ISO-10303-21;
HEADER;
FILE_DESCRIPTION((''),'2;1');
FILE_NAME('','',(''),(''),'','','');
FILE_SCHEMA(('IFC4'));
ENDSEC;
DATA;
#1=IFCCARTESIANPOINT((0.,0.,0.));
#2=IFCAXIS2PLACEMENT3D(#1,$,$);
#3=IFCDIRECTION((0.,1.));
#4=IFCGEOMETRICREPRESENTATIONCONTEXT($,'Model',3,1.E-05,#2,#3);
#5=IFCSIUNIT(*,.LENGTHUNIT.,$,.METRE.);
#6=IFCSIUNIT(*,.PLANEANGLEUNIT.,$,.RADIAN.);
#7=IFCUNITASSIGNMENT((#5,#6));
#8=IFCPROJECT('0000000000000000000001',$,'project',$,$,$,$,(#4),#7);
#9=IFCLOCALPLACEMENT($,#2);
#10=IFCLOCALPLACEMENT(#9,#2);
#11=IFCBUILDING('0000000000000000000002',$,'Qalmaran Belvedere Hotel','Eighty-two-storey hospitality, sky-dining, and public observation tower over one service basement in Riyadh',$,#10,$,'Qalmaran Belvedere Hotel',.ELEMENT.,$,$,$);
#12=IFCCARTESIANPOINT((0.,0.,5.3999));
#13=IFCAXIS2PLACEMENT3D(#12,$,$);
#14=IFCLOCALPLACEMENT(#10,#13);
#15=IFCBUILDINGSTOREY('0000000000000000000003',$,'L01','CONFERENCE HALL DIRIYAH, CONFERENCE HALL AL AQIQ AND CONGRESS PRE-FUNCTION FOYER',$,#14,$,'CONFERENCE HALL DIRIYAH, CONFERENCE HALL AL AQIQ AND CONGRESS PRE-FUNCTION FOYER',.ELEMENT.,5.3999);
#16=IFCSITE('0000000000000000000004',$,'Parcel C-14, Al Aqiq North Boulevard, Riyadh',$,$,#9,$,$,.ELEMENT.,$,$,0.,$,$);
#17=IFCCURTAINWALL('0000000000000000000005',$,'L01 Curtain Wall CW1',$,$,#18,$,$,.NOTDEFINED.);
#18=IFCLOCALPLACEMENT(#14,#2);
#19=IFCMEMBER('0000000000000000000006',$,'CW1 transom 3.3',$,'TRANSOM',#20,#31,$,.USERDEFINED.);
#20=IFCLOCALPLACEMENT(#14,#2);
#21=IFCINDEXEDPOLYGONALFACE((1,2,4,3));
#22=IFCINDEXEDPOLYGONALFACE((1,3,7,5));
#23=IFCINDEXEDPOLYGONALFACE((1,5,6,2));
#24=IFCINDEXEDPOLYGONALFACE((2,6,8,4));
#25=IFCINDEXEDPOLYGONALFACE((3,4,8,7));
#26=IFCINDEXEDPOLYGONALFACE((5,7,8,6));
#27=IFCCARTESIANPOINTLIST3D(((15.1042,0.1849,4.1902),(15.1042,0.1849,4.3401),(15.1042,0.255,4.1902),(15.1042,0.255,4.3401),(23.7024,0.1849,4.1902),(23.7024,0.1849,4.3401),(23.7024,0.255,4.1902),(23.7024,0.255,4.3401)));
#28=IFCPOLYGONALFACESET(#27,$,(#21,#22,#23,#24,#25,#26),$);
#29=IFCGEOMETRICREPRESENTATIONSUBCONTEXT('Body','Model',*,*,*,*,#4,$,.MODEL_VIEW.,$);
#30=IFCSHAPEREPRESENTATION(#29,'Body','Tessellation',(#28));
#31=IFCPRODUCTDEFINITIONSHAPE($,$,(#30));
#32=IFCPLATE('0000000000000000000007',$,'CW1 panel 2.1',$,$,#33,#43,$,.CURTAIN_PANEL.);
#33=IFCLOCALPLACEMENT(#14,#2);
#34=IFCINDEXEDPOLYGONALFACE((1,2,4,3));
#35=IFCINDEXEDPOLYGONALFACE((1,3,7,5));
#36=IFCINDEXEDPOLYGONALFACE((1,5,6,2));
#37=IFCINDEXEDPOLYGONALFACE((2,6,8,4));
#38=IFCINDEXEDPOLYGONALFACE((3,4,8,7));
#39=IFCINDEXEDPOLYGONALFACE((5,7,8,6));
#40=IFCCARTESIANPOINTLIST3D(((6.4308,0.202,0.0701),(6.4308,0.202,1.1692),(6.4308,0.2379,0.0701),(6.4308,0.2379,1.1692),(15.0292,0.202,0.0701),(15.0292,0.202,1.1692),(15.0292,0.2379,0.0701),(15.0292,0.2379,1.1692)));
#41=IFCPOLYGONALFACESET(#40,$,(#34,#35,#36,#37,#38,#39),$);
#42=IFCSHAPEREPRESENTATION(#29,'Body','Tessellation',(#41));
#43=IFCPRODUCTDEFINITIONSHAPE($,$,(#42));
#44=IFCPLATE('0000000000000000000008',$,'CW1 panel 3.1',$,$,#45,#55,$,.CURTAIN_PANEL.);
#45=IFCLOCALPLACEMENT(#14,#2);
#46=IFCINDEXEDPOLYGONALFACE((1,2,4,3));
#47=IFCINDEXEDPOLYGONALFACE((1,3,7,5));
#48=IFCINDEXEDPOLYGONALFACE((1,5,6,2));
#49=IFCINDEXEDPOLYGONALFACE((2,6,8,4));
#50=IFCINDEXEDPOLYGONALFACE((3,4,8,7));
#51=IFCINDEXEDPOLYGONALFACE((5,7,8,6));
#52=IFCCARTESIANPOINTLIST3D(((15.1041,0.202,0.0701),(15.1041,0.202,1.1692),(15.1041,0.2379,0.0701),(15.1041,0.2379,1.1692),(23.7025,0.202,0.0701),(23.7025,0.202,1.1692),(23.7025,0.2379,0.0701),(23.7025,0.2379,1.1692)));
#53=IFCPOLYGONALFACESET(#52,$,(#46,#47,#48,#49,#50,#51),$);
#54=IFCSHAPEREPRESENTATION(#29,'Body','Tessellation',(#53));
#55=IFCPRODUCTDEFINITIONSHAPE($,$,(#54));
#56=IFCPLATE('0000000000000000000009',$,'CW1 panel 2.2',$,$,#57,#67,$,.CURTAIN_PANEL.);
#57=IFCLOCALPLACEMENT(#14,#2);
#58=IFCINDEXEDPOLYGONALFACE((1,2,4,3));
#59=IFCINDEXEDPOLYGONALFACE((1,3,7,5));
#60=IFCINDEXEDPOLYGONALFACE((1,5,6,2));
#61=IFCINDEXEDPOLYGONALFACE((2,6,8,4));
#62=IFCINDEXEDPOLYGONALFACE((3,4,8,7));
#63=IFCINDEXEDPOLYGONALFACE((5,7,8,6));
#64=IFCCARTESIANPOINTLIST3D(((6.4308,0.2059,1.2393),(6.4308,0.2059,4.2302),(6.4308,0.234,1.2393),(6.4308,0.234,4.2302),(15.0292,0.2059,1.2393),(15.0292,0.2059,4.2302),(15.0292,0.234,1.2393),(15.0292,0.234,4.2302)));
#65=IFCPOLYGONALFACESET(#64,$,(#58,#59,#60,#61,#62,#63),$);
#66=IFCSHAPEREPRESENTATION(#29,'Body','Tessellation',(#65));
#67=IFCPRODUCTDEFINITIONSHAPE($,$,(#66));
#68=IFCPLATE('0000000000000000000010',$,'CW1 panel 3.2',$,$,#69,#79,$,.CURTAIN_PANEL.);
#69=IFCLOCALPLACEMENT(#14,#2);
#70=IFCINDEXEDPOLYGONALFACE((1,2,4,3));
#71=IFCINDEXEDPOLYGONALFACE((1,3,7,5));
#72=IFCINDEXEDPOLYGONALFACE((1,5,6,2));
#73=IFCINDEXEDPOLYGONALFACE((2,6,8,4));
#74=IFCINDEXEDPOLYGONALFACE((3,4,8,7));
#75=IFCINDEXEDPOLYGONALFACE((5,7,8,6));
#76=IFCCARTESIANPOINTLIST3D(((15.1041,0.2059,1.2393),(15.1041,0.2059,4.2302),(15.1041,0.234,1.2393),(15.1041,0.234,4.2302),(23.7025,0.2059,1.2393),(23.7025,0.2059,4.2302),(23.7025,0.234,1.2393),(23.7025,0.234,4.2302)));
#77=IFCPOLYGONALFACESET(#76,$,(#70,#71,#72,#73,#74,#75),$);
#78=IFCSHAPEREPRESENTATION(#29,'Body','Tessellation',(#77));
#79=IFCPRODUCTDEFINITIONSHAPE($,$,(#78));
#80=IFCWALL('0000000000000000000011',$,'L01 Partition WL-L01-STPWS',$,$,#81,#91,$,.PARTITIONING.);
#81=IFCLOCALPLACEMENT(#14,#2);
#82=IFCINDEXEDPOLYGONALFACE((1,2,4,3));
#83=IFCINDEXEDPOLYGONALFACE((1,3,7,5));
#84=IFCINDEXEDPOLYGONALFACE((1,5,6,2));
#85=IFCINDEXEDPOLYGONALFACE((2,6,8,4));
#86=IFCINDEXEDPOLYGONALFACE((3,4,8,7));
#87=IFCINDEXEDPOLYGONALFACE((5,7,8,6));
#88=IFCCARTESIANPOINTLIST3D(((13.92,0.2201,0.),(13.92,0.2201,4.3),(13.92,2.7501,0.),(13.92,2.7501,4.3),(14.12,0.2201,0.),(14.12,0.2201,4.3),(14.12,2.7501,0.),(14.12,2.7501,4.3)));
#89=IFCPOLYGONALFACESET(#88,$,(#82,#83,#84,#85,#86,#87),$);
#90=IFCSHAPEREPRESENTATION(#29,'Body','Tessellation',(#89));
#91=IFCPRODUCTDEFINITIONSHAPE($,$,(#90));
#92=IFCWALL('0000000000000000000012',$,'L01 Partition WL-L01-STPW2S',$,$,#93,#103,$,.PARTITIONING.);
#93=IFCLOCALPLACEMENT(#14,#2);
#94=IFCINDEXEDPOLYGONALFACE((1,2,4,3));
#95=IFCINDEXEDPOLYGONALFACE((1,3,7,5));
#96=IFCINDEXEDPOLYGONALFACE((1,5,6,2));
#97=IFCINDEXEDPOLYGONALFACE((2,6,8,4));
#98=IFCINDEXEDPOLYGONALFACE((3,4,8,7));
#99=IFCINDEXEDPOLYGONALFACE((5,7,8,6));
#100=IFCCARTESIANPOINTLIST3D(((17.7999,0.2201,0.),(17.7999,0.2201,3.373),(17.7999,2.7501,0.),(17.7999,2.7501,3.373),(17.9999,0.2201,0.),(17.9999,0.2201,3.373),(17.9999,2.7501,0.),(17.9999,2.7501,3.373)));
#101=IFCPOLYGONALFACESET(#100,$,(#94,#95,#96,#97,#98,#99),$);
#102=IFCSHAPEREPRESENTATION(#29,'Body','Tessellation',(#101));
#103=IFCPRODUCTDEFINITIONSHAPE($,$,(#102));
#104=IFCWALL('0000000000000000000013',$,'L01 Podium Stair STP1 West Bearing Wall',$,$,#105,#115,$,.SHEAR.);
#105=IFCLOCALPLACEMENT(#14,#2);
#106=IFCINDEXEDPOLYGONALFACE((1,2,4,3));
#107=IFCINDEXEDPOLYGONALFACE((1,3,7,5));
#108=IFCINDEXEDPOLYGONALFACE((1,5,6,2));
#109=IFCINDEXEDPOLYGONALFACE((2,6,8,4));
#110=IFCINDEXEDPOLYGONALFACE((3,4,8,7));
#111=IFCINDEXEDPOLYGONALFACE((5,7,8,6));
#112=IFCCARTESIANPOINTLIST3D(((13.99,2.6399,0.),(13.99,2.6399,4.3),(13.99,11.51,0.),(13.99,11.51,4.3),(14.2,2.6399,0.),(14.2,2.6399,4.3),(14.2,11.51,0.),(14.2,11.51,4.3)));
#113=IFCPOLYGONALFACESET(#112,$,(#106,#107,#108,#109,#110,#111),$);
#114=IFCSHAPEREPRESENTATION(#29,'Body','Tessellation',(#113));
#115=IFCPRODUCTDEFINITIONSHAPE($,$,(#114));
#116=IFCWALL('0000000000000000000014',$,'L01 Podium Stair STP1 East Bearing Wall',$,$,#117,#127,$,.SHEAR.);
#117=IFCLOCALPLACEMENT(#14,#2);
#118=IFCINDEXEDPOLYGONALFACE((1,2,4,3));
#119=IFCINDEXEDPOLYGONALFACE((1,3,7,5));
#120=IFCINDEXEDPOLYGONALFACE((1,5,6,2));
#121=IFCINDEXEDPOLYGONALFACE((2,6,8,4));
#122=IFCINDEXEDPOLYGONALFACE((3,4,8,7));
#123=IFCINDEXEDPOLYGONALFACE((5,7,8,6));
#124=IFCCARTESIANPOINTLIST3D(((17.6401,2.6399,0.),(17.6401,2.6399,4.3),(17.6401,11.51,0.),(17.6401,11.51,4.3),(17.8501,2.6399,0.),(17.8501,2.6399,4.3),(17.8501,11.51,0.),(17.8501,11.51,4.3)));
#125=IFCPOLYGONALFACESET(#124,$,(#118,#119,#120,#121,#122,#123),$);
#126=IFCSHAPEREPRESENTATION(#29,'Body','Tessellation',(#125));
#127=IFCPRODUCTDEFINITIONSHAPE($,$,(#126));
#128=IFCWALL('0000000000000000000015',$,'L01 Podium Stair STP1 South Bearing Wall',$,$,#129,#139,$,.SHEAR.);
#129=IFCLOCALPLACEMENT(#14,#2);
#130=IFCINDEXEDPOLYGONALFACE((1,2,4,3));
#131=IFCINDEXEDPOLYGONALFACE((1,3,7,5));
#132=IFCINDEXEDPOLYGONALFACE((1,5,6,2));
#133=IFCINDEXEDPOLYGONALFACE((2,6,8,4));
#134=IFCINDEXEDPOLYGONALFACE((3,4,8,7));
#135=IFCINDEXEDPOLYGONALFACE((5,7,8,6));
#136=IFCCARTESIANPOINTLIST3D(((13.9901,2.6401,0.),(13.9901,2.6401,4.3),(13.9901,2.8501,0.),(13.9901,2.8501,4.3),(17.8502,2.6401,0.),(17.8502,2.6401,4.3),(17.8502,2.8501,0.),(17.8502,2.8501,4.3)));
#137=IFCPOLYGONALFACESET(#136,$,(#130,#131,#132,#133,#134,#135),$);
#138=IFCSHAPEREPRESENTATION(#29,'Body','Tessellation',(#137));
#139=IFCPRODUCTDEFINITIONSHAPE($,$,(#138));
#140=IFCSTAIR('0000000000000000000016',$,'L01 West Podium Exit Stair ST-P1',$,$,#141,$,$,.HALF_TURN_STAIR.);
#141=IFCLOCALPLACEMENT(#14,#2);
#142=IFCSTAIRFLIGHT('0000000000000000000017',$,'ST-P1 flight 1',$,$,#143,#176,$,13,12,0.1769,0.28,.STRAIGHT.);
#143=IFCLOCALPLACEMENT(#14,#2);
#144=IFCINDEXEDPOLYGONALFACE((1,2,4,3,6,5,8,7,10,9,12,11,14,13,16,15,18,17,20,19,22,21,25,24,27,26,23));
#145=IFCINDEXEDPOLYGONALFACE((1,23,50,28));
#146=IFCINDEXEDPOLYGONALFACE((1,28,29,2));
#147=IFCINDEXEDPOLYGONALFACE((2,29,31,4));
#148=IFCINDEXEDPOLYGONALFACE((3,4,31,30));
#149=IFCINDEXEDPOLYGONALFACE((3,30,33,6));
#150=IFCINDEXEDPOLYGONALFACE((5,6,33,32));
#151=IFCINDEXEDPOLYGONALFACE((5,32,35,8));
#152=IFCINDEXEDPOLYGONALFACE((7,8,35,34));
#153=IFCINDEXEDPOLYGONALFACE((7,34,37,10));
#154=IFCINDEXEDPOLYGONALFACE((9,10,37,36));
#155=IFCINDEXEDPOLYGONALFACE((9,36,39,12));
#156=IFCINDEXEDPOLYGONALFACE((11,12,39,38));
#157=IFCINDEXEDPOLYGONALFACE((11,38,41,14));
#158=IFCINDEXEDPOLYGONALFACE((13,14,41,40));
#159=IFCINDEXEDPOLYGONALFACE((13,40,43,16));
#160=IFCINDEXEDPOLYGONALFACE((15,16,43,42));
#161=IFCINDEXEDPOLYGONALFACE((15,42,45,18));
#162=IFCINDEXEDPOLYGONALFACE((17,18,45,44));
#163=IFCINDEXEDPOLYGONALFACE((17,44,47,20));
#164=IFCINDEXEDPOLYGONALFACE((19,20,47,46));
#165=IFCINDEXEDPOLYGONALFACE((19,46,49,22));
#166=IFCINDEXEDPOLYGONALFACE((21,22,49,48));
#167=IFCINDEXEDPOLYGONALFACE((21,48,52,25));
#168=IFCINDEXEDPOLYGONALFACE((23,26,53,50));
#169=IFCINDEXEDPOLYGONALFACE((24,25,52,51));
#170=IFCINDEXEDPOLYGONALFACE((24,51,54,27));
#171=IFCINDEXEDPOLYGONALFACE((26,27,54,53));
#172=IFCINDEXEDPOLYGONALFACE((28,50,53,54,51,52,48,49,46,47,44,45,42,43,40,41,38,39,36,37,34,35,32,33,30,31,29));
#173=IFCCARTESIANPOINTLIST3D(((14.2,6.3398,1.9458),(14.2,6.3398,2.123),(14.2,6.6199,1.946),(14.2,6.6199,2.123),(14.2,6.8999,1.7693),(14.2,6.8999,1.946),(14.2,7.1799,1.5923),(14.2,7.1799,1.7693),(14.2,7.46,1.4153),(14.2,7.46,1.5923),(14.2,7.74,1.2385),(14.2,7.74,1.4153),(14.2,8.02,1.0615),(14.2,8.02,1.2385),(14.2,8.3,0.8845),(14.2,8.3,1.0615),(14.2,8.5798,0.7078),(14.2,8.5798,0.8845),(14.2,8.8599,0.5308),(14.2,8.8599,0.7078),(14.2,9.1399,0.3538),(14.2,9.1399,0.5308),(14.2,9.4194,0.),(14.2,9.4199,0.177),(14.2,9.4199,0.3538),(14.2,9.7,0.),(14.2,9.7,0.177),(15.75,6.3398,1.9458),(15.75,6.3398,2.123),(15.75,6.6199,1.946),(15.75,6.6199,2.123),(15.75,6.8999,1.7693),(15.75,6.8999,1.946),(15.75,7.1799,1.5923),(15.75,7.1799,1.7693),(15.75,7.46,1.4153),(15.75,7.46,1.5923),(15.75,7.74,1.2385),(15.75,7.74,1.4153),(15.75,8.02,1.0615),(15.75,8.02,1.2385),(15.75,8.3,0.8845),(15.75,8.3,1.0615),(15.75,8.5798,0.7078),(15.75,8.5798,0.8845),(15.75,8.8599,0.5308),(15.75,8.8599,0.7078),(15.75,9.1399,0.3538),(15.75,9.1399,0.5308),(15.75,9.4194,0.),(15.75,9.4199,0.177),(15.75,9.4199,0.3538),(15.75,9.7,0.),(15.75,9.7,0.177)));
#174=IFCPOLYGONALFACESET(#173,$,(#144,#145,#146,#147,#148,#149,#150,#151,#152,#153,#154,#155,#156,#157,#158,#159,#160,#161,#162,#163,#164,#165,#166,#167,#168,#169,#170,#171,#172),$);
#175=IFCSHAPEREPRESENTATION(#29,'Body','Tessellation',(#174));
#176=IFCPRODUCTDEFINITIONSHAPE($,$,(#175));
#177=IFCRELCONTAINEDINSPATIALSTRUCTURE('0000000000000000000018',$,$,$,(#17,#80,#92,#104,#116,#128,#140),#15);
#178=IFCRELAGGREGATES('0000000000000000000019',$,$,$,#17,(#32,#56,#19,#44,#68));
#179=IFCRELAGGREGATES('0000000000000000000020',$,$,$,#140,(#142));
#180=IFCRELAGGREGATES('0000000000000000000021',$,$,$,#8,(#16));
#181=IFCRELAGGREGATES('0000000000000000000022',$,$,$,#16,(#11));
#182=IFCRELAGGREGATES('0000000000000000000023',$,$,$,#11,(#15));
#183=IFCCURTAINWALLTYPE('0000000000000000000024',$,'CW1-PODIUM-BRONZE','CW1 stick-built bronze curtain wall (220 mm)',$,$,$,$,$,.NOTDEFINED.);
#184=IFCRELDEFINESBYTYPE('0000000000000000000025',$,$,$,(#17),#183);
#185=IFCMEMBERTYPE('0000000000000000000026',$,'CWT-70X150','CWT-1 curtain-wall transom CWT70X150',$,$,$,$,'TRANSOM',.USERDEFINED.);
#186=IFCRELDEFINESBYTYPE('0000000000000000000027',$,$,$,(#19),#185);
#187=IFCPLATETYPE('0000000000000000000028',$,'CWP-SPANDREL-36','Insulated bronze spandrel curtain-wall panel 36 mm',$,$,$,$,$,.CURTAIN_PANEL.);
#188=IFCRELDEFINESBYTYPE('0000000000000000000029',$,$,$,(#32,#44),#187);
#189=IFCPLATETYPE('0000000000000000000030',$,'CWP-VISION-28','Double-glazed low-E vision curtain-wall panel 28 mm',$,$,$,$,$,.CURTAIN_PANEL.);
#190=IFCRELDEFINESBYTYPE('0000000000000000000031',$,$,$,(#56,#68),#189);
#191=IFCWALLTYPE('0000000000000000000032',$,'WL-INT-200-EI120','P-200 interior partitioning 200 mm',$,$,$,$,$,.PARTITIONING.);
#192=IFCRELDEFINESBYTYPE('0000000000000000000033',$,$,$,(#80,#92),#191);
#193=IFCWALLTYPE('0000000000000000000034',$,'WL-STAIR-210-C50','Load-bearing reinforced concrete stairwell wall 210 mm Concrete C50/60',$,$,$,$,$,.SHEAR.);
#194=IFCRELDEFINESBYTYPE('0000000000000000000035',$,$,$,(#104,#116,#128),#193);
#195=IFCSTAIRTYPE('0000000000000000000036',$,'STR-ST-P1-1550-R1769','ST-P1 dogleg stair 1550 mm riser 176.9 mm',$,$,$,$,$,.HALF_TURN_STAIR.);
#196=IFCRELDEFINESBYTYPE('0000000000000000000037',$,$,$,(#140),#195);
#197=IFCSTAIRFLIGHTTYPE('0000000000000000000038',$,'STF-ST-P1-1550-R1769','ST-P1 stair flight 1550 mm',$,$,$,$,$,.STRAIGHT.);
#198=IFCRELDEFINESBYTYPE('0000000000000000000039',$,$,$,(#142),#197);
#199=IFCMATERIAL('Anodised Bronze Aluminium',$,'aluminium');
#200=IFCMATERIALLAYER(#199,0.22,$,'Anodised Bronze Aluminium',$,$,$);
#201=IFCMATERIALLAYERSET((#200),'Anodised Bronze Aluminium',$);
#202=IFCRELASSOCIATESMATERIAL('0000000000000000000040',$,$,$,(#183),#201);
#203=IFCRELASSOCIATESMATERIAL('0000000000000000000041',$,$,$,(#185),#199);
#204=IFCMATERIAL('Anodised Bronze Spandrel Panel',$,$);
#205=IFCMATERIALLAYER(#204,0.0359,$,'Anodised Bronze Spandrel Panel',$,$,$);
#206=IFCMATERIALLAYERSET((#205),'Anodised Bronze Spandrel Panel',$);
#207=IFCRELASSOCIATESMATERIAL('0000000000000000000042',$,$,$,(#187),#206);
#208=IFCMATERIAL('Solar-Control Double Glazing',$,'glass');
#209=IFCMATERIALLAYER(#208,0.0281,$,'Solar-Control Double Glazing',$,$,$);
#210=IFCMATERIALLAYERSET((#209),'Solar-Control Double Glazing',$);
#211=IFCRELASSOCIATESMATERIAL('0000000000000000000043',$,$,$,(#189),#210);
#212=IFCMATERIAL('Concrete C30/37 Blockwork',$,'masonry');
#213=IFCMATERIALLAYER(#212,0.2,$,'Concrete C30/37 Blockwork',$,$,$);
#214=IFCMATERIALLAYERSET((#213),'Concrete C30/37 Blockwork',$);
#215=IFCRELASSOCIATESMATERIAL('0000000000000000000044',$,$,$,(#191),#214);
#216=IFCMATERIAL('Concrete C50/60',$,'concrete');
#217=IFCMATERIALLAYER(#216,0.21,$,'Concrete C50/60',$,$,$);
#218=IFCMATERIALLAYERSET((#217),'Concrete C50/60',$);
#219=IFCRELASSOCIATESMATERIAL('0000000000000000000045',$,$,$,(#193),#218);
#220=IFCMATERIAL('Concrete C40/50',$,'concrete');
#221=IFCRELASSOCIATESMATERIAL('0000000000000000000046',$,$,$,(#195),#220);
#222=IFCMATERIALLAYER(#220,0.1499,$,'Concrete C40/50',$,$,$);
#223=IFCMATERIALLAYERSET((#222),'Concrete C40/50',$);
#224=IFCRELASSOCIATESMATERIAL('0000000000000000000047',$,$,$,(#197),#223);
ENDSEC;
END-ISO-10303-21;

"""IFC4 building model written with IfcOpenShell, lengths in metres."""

from ifc_helpers import new_model, si_unit, direction, frame, frame_2d, origin, origin_2d, place, context, subcontext, project, spatial, polyline, rectangle, outline, extrude, material, layer, layer_set, material_profile, profile_set, type_object, element, aggregate, save


model = new_model("IFC4")

# Units and contexts
model_context = context("Model", 3, precision=1e-05, world=origin(), true_north=direction((0.0, 1.0)))
body_context = subcontext(model_context, "Body", "Model", "MODEL_VIEW")
ifc_project = project(units=[si_unit("LENGTHUNIT", "METRE"), si_unit("PLANEANGLEUNIT", "RADIAN")], contexts=[model_context])

# Site, building, storey
site_placement = place(None, origin())
site = spatial("IfcSite", under=ifc_project, at=site_placement, Name="Parcel C-14, Al Aqiq North Boulevard, Riyadh", CompositionType="ELEMENT", RefElevation=0.0)
building_placement = place(site_placement, origin())
building = spatial("IfcBuilding", under=site, at=building_placement, Name="Qalmaran Belvedere Hotel", Description="Eighty-two-storey hospitality, sky-dining, and public observation tower over one service basement in Riyadh", LongName="Qalmaran Belvedere Hotel", CompositionType="ELEMENT")
storey_placement = place(building_placement, frame((0.0, 0.0, 5.3999)))
storey = spatial("IfcBuildingStorey", under=building, at=storey_placement, Name="L01", Description="CONFERENCE HALL DIRIYAH, CONFERENCE HALL AL AQIQ AND CONGRESS PRE-FUNCTION FOYER", LongName="CONFERENCE HALL DIRIYAH, CONFERENCE HALL AL AQIQ AND CONGRESS PRE-FUNCTION FOYER", CompositionType="ELEMENT", Elevation=5.3999)

# Shared definitions
ifc_material_1 = material(Name="Concrete C40/50", Category="concrete")

# Curtain wall, member, plates
ifc_material_2 = material(Name="Anodised Bronze Aluminium", Category="aluminium")
ifc_layer_1 = layer(ifc_material_2, 0.22, Name="Anodised Bronze Aluminium")
ifc_layer_set_1 = layer_set([ifc_layer_1], Name="Anodised Bronze Aluminium")
curtain_wall_type = type_object("IfcCurtainWallType", Name="CW1-PODIUM-BRONZE", Description="CW1 stick-built bronze curtain wall (220 mm)", PredefinedType="NOTDEFINED", material=ifc_layer_set_1)
curtain_wall_placement = place(storey_placement, origin())
curtain_wall = element("IfcCurtainWall", 1, at=curtain_wall_placement, inside=storey, type_object=curtain_wall_type, Name="L01 Curtain Wall CW1", PredefinedType="NOTDEFINED")
ifc_material_profile_1 = material_profile(ifc_material_2, rectangle(XDim=0.0701, YDim=0.1499, at=origin_2d()), Name="CWT70X150")
ifc_profile_set_1 = profile_set([ifc_material_profile_1], Name="Anodised Bronze Aluminium")
member_type_1 = type_object("IfcMemberType", Name="CWT-70X150", Description="CWT-1 curtain-wall transom CWT70X150", ElementType="TRANSOM", PredefinedType="USERDEFINED", material=ifc_profile_set_1)
member_1_placement = place(storey_placement, frame((15.1042, 0.22, 4.2651), z_axis=(1.0, 0.0, 0.0), x_axis=(0.0, 1.0, 0.0)))
member_1 = element("IfcMember", 2, at=member_1_placement, type_object=member_type_1, Name="CW1 transom 3.3", ObjectType="TRANSOM", PredefinedType="USERDEFINED", context=body_context, shape_type="SweptSolid", body=[
    extrude(rectangle(XDim=0.0701, YDim=0.1499, at=origin_2d()), origin(), (0.0, 0.0, 1.0), 8.5981),
])
ifc_material_3 = material(Name="Anodised Bronze Spandrel Panel")
ifc_layer_2 = layer(ifc_material_3, 0.0359, Name="Anodised Bronze Spandrel Panel")
ifc_layer_set_2 = layer_set([ifc_layer_2], Name="Anodised Bronze Spandrel Panel")
plate_type_1 = type_object("IfcPlateType", Name="CWP-SPANDREL-36", Description="Insulated bronze spandrel curtain-wall panel 36 mm", PredefinedType="CURTAIN_PANEL", material=ifc_layer_set_2)
plate_1_placement = place(storey_placement, frame((10.73, 0.22, 0.0701), z_axis=(0.0, 0.0, 1.0), x_axis=(1.0, 0.0, 0.0)))
plate_1 = element("IfcPlate", 3, at=plate_1_placement, type_object=plate_type_1, Name="CW1 panel 2.1", PredefinedType="CURTAIN_PANEL", context=body_context, shape_type="SweptSolid", body=[
    extrude(rectangle(XDim=8.5984, YDim=0.0359, at=origin_2d()), origin(), (0.0, 0.0, 1.0), 1.0991),
])
plate_2_placement = place(storey_placement, frame((19.4033, 0.22, 0.0701), z_axis=(0.0, 0.0, 1.0), x_axis=(1.0, 0.0, 0.0)))
plate_2 = element("IfcPlate", 4, at=plate_2_placement, type_object=plate_type_1, Name="CW1 panel 3.1", PredefinedType="CURTAIN_PANEL", context=body_context, shape_type="SweptSolid", body=[
    extrude(rectangle(XDim=8.5984, YDim=0.0359, at=origin_2d()), origin(), (0.0, 0.0, 1.0), 1.0991),
])
ifc_material_4 = material(Name="Solar-Control Double Glazing", Category="glass")
ifc_layer_3 = layer(ifc_material_4, 0.0281, Name="Solar-Control Double Glazing")
ifc_layer_set_3 = layer_set([ifc_layer_3], Name="Solar-Control Double Glazing")
plate_type_2 = type_object("IfcPlateType", Name="CWP-VISION-28", Description="Double-glazed low-E vision curtain-wall panel 28 mm", PredefinedType="CURTAIN_PANEL", material=ifc_layer_set_3)
plate_3_placement = place(storey_placement, frame((10.73, 0.22, 1.2393), z_axis=(0.0, 0.0, 1.0), x_axis=(1.0, 0.0, 0.0)))
plate_3 = element("IfcPlate", 5, at=plate_3_placement, type_object=plate_type_2, Name="CW1 panel 2.2", PredefinedType="CURTAIN_PANEL", context=body_context, shape_type="SweptSolid", body=[
    extrude(rectangle(XDim=8.5984, YDim=0.0281, at=origin_2d()), origin(), (0.0, 0.0, 1.0), 2.991),
])
plate_4_placement = place(storey_placement, frame((19.4033, 0.22, 1.2393), z_axis=(0.0, 0.0, 1.0), x_axis=(1.0, 0.0, 0.0)))
plate_4 = element("IfcPlate", 6, at=plate_4_placement, type_object=plate_type_2, Name="CW1 panel 3.2", PredefinedType="CURTAIN_PANEL", context=body_context, shape_type="SweptSolid", body=[
    extrude(rectangle(XDim=8.5984, YDim=0.0281, at=origin_2d()), origin(), (0.0, 0.0, 1.0), 2.991),
])
aggregate(curtain_wall, [plate_1, plate_3, member_1, plate_2, plate_4])

# Walls
ifc_material_5 = material(Name="Concrete C30/37 Blockwork", Category="masonry")
ifc_layer_4 = layer(ifc_material_5, 0.2, Name="Concrete C30/37 Blockwork")
ifc_layer_set_4 = layer_set([ifc_layer_4], Name="Concrete C30/37 Blockwork")
wall_type_1 = type_object("IfcWallType", Name="WL-INT-200-EI120", Description="P-200 interior partitioning 200 mm", PredefinedType="PARTITIONING", material=ifc_layer_set_4)
wall_1_placement = place(storey_placement, frame((14.02, 0.22, 0.0), z_axis=(0.0, 0.0, 1.0), x_axis=(0.0, 1.0, 0.0)))
element("IfcWall", 7, at=wall_1_placement, inside=storey, type_object=wall_type_1, Name="L01 Partition WL-L01-STPWS", PredefinedType="PARTITIONING", context=body_context, shape_type="SweptSolid", body=[
    extrude(rectangle(XDim=2.53, YDim=0.2, at=frame_2d((1.2651, 0.0))), origin(), (0.0, 0.0, 1.0), 4.3),
])
wall_2_placement = place(storey_placement, frame((17.8999, 0.22, 0.0), z_axis=(0.0, 0.0, 1.0), x_axis=(0.0, 1.0, 0.0)))
element("IfcWall", 8, at=wall_2_placement, inside=storey, type_object=wall_type_1, Name="L01 Partition WL-L01-STPW2S", PredefinedType="PARTITIONING", context=body_context, shape_type="SweptSolid", body=[
    extrude(rectangle(XDim=2.53, YDim=0.2, at=frame_2d((1.2651, 0.0))), origin(), (0.0, 0.0, 1.0), 3.373),
])
ifc_material_6 = material(Name="Concrete C50/60", Category="concrete")
ifc_layer_5 = layer(ifc_material_6, 0.21, Name="Concrete C50/60")
ifc_layer_set_5 = layer_set([ifc_layer_5], Name="Concrete C50/60")
wall_type_2 = type_object("IfcWallType", Name="WL-STAIR-210-C50", Description="Load-bearing reinforced concrete stairwell wall 210 mm Concrete C50/60", PredefinedType="SHEAR", material=ifc_layer_set_5)
for number, where, z_axis, x_axis, name in (
    (9, (14.095, 2.6399, 0.0), (0.0, 0.0, 1.0), (0.0, 1.0, 0.0), "L01 Podium Stair STP1 West Bearing Wall"),
    (10, (17.7451, 2.6399, 0.0), (0.0, 0.0, 1.0), (0.0, 1.0, 0.0), "L01 Podium Stair STP1 East Bearing Wall"),
):
    element("IfcWall", number, at=place(storey_placement, frame(where, z_axis=z_axis, x_axis=x_axis)), inside=storey, type_object=wall_type_2, Name=name, PredefinedType="SHEAR", context=body_context, shape_type="SweptSolid", body=[
        extrude(rectangle(XDim=8.8701, YDim=0.21, at=frame_2d((4.4351, 0.0))), origin(), (0.0, 0.0, 1.0), 4.3),
    ])
wall_3_placement = place(storey_placement, frame((13.99, 2.7451, 0.0), z_axis=(0.0, 0.0, 1.0), x_axis=(1.0, 0.0, 0.0)))
element("IfcWall", 11, at=wall_3_placement, inside=storey, type_object=wall_type_2, Name="L01 Podium Stair STP1 South Bearing Wall", PredefinedType="SHEAR", context=body_context, shape_type="SweptSolid", body=[
    extrude(rectangle(XDim=3.8601, YDim=0.21, at=frame_2d((1.9302, 0.0))), origin(), (0.0, 0.0, 1.0), 4.3),
])

# Stair, stair flight
stair_type = type_object("IfcStairType", Name="STR-ST-P1-1550-R1769", Description="ST-P1 dogleg stair 1550 mm riser 176.9 mm", PredefinedType="HALF_TURN_STAIR", material=ifc_material_1)
stair_placement = place(storey_placement, origin())
stair = element("IfcStair", 12, at=stair_placement, inside=storey, type_object=stair_type, Name="L01 West Podium Exit Stair ST-P1", PredefinedType="HALF_TURN_STAIR")
ifc_layer_6 = layer(ifc_material_1, 0.1499, Name="Concrete C40/50")
ifc_layer_set_6 = layer_set([ifc_layer_6], Name="Concrete C40/50")
stair_flight_type = type_object("IfcStairFlightType", Name="STF-ST-P1-1550-R1769", Description="ST-P1 stair flight 1550 mm", PredefinedType="STRAIGHT", material=ifc_layer_set_6)
stair_flight_1_placement = place(storey_placement, frame((14.9751, 9.7, 0.0), z_axis=(0.0, 0.0, 1.0), x_axis=(0.0, -1.0, 0.0)))
stair_flight_1 = element("IfcStairFlight", 13, at=stair_flight_1_placement, type_object=stair_flight_type, Name="ST-P1 flight 1", NumberOfRisers=13, NumberOfTreads=12, PredefinedType="STRAIGHT", RiserHeight=0.1769, TreadLength=0.28, context=body_context, shape_type="SweptSolid", body=[
    extrude(outline(polyline([(0.0, 0.0), (0.0, 0.177), (0.28, 0.177), (0.28, 0.3538), (0.5601, 0.3538), (0.5601, 0.5308), (0.8401, 0.5308), (0.8401, 0.7078), (1.1201, 0.7078), (1.1201, 0.8845), (1.3999, 0.8845), (1.3999, 1.0615), (1.6799, 1.0615), (1.6799, 1.2385), (1.96, 1.2385), (1.96, 1.4153), (2.24, 1.4153), (2.24, 1.5923), (2.52, 1.5923), (2.52, 1.7693), (2.8, 1.7693), (2.8, 1.946), (3.0801, 1.946), (3.0801, 2.123), (3.3601, 2.123), (3.3601, 2.3), (3.3601, 1.9458), (0.2805, 0.0), (0.0, 0.0)])), frame((0.0, 0.7749, 0.0), z_axis=(0.0, -1.0, 0.0), x_axis=(1.0, 0.0, 0.0)), (0.0, 0.0, 1.0), 1.55),
])
aggregate(stair, [stair_flight_1])

save(model, "model.ifc")
